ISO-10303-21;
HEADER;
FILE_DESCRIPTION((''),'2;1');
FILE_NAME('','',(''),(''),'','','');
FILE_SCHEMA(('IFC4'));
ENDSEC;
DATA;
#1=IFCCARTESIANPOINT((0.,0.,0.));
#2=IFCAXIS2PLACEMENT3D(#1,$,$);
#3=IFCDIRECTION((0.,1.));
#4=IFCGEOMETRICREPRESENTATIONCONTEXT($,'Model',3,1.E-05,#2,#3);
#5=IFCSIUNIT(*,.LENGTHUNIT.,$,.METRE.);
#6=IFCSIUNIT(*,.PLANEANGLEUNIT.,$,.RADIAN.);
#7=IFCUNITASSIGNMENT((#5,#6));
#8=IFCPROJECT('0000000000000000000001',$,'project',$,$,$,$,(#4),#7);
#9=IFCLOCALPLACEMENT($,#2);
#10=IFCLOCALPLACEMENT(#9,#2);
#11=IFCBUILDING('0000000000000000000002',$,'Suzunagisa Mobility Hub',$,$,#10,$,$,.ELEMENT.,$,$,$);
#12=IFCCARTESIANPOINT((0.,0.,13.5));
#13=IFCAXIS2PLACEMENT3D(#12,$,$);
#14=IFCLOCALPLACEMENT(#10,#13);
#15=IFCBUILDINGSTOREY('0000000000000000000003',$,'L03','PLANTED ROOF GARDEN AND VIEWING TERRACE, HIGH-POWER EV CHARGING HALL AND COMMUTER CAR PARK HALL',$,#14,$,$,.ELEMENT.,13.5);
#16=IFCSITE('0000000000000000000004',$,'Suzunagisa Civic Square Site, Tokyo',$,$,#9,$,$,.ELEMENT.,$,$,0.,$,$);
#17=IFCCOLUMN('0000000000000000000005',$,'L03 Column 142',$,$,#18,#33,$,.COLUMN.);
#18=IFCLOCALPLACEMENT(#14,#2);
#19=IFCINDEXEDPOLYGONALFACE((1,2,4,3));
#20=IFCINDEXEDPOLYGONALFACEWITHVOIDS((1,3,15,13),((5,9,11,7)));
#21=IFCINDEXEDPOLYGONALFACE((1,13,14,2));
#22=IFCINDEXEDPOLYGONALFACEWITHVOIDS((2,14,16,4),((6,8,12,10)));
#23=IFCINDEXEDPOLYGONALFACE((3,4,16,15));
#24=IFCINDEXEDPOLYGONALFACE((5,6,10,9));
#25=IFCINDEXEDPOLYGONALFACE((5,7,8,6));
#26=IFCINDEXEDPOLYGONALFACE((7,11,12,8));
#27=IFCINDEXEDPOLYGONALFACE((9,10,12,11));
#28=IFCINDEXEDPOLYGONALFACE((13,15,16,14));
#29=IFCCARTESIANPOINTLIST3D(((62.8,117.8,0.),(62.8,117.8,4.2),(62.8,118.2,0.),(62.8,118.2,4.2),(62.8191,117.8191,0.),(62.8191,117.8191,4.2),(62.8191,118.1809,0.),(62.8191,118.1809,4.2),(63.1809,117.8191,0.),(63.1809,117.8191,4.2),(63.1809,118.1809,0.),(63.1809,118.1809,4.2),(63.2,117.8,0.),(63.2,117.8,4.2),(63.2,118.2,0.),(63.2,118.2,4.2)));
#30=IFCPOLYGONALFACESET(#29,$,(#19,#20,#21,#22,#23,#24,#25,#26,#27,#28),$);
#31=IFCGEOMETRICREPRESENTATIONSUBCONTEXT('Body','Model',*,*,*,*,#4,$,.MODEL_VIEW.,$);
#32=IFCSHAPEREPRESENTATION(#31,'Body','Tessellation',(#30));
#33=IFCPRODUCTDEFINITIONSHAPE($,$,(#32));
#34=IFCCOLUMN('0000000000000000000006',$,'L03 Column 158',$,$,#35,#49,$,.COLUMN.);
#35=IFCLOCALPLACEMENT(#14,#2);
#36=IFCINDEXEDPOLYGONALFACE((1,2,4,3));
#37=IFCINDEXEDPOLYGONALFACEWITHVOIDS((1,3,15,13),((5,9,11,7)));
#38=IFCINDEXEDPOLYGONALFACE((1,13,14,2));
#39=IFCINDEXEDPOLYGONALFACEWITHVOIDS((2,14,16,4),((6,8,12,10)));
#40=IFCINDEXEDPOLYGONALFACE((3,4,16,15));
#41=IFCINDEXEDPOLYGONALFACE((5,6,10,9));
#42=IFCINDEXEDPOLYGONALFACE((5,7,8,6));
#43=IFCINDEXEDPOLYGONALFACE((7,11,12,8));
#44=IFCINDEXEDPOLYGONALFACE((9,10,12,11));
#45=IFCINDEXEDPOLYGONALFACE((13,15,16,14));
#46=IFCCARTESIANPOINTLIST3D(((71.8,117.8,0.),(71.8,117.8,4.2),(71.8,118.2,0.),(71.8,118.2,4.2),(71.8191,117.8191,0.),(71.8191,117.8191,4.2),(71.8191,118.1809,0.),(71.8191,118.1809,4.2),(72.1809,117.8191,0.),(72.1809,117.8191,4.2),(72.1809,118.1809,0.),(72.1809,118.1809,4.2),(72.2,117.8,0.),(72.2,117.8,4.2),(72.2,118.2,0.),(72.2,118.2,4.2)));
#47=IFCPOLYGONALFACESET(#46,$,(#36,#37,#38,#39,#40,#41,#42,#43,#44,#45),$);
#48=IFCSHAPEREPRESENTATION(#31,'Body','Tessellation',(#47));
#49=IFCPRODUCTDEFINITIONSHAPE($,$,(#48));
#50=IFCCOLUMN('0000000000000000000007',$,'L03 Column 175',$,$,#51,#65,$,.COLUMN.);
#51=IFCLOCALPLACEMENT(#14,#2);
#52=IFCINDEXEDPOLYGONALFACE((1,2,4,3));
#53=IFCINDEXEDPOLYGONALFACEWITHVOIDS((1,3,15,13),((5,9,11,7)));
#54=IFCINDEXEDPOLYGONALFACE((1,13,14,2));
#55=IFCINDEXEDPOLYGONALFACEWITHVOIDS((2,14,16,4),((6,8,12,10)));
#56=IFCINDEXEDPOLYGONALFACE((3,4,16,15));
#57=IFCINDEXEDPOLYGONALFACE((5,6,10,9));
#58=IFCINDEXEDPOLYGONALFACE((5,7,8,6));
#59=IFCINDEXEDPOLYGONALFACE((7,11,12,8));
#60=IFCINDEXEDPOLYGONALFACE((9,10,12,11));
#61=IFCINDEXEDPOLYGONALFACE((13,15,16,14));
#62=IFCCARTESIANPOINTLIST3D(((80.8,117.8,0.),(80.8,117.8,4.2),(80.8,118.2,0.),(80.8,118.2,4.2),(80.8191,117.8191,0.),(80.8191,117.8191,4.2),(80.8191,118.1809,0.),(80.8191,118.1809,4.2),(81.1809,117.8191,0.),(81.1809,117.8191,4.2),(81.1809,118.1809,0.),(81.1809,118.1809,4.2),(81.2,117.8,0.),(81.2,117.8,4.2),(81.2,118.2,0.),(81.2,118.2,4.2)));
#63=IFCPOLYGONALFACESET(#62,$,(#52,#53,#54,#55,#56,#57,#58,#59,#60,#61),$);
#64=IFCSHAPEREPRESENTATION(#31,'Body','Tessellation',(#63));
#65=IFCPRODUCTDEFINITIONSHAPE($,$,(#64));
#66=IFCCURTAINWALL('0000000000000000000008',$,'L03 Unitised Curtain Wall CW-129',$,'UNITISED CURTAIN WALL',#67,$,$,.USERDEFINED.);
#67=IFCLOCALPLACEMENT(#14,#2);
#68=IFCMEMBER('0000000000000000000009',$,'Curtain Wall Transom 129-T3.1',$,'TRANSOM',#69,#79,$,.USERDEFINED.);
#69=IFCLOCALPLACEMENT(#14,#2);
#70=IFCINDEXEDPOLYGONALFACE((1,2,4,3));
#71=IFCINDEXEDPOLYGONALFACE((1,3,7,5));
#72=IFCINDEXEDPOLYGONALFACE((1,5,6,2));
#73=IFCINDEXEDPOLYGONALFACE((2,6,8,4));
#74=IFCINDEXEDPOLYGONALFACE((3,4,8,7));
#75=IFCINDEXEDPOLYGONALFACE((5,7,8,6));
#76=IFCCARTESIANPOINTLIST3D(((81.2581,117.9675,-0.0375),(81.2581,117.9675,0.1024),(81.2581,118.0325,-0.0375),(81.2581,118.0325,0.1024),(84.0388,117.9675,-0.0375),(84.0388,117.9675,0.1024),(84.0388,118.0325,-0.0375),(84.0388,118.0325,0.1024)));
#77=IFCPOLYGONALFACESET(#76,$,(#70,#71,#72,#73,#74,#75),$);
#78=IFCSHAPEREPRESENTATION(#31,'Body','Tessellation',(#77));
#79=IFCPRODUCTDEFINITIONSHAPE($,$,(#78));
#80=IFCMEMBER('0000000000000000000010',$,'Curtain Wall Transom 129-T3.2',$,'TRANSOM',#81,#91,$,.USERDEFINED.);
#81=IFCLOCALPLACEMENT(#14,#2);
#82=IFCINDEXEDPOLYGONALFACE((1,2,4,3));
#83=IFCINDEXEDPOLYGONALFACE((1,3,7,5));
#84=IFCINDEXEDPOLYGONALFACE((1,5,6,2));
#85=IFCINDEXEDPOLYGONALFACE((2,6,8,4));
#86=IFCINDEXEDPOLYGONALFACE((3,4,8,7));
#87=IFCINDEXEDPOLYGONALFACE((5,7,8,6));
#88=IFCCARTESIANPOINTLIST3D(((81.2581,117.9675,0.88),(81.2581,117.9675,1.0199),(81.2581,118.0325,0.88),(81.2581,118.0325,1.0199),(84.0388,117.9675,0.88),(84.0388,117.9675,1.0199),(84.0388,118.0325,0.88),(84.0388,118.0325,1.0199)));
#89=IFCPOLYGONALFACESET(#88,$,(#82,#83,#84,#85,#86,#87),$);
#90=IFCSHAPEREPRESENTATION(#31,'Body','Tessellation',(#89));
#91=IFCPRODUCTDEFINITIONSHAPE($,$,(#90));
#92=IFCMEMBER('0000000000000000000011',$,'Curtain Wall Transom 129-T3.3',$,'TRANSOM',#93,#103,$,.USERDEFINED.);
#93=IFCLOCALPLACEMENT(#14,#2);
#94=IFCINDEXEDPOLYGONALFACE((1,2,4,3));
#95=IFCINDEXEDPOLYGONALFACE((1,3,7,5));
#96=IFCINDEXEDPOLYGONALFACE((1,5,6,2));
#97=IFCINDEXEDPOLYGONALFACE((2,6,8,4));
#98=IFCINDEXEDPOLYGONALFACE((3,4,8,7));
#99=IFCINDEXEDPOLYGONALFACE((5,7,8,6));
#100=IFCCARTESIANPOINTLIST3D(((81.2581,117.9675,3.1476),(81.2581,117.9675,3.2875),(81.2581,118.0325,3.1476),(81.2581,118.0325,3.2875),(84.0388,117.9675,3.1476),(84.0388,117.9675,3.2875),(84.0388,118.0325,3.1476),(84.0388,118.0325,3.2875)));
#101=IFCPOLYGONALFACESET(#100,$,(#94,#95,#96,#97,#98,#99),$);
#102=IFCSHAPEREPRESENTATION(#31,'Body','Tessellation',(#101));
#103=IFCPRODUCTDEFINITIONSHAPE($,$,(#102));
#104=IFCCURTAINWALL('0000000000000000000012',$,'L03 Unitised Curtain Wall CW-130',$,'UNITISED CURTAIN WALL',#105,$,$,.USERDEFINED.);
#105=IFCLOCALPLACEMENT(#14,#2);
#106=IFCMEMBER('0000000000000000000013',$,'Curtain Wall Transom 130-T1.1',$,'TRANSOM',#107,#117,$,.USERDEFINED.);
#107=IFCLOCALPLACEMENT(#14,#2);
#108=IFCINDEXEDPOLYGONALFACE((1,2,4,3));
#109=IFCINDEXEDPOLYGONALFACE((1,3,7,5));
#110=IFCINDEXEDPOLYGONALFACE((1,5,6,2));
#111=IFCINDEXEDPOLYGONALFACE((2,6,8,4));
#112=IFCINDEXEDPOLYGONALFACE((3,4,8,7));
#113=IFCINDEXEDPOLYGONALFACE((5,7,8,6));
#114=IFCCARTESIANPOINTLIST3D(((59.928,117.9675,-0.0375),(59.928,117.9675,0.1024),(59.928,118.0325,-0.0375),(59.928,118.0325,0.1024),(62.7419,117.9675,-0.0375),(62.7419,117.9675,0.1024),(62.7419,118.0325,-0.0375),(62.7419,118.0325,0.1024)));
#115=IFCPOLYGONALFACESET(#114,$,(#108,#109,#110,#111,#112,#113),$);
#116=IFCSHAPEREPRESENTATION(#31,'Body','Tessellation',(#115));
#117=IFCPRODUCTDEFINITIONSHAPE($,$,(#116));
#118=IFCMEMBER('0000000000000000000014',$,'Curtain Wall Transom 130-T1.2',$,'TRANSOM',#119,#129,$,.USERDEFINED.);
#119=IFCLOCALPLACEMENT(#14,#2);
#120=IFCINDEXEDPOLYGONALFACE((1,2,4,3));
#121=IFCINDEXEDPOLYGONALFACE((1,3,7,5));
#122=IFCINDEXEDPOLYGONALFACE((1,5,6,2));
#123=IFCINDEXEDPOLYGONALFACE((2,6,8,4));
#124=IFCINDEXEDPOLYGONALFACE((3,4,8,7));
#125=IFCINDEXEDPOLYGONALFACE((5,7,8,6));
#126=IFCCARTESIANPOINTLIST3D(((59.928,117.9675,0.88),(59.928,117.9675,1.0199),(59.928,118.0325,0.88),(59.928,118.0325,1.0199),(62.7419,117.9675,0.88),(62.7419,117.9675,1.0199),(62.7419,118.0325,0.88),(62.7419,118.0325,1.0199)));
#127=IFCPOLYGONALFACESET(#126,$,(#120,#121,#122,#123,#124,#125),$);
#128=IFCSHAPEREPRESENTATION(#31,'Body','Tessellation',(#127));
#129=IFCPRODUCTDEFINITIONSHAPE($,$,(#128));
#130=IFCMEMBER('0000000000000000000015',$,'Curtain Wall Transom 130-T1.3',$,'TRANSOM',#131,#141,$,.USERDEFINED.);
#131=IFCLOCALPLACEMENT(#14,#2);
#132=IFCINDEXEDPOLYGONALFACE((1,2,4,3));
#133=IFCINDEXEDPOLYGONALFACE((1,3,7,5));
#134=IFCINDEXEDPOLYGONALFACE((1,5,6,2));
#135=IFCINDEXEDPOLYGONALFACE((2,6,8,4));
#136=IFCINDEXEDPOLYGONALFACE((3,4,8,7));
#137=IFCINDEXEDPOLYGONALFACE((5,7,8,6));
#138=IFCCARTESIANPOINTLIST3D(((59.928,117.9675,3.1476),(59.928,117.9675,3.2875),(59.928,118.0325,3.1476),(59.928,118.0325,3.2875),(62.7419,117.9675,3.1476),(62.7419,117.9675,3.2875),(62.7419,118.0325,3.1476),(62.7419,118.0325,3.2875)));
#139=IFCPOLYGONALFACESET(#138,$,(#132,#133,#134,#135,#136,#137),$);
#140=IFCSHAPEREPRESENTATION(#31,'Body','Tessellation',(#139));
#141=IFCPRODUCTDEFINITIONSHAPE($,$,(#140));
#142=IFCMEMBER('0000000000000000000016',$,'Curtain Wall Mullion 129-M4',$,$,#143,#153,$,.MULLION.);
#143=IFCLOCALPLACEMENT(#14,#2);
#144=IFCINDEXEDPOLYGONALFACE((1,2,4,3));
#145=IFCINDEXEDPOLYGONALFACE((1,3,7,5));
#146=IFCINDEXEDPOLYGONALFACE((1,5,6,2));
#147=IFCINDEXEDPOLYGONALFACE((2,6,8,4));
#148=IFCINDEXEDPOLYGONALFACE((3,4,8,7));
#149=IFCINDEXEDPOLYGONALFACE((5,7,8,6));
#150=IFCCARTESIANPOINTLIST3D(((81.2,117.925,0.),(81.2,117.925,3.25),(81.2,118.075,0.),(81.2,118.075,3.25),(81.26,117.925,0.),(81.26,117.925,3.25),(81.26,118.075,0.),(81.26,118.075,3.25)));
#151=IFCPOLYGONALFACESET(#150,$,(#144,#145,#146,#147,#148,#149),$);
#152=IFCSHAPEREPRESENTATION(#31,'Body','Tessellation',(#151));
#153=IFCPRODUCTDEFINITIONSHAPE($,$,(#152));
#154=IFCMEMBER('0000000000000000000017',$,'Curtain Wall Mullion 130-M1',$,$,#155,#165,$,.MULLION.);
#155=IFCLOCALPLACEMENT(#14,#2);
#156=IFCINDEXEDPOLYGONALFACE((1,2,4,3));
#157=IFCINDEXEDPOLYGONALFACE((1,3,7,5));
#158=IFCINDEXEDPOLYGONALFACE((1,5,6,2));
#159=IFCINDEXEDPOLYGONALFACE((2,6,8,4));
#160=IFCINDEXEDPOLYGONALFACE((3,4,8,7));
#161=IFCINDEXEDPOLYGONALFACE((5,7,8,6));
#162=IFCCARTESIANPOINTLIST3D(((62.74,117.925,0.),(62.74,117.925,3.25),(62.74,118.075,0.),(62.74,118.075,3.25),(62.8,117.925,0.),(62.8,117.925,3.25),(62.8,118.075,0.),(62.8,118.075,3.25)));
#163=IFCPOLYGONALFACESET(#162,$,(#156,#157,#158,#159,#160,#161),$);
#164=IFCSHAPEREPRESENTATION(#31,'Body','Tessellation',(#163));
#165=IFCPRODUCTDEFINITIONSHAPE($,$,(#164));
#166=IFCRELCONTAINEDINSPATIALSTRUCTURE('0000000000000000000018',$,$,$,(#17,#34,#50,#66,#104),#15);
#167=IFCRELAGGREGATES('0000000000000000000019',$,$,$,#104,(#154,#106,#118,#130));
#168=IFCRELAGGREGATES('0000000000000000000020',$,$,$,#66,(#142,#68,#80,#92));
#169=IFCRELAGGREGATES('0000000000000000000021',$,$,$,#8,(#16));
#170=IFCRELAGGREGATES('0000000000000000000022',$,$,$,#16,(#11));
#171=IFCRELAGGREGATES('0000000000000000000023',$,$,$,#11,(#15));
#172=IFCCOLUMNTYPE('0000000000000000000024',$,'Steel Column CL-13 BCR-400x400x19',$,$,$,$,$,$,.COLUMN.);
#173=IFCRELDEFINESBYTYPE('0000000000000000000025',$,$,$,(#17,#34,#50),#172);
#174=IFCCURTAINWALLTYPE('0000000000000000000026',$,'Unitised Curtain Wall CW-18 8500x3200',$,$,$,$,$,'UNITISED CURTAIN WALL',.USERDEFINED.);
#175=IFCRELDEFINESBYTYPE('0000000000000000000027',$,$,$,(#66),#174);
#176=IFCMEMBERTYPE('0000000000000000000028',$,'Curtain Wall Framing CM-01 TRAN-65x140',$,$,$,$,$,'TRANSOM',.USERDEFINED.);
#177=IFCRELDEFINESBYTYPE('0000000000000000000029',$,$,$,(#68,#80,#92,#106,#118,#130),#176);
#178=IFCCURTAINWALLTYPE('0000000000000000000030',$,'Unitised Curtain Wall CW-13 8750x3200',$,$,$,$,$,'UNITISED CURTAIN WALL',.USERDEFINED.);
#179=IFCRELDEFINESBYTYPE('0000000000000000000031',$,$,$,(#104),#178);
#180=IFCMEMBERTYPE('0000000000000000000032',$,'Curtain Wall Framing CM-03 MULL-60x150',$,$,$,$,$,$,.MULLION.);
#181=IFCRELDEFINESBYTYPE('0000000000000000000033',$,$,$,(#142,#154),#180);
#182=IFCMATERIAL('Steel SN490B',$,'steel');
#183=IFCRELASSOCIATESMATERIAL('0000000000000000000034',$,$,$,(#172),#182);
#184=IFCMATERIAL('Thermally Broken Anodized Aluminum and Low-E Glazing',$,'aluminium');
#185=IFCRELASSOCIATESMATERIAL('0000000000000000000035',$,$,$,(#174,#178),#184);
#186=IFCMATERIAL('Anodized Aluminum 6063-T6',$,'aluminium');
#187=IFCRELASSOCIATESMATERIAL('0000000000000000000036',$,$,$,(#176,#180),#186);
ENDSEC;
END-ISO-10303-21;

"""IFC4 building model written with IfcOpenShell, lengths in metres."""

from ifc_helpers import new_model, si_unit, direction, frame, origin, origin_2d, place, context, subcontext, project, spatial, rectangle, hollow_rectangle, extrude, material, material_profile, profile_set, type_object, element, aggregate, save


model = new_model("IFC4")

# Units and contexts
model_context = context("Model", 3, precision=1e-05, world=origin(), true_north=direction((0.0, 1.0)))
body_context = subcontext(model_context, "Body", "Model", "MODEL_VIEW")
ifc_project = project(units=[si_unit("LENGTHUNIT", "METRE"), si_unit("PLANEANGLEUNIT", "RADIAN")], contexts=[model_context])

# Site, building, storey
site_placement = place(None, origin())
site = spatial("IfcSite", under=ifc_project, at=site_placement, Name="Suzunagisa Civic Square Site, Tokyo", CompositionType="ELEMENT", RefElevation=0.0)
building_placement = place(site_placement, origin())
building = spatial("IfcBuilding", under=site, at=building_placement, Name="Suzunagisa Mobility Hub", CompositionType="ELEMENT")
storey_placement = place(building_placement, frame((0.0, 0.0, 13.5)))
storey = spatial("IfcBuildingStorey", under=building, at=storey_placement, Name="L03", Description="PLANTED ROOF GARDEN AND VIEWING TERRACE, HIGH-POWER EV CHARGING HALL AND COMMUTER CAR PARK HALL", CompositionType="ELEMENT", Elevation=13.5)

# Columns
ifc_material_1 = material(Name="Steel SN490B", Category="steel")
ifc_material_profile_1 = material_profile(ifc_material_1, hollow_rectangle(XDim=0.3999, YDim=0.3999, WallThickness=0.019, at=origin_2d()), Name="BCR-400x400x19")
ifc_profile_set_1 = profile_set([ifc_material_profile_1], Name="Steel SN490B")
column_type = type_object("IfcColumnType", Name="Steel Column CL-13 BCR-400x400x19", PredefinedType="COLUMN", material=ifc_profile_set_1)
for number, where, z_axis, x_axis, name in (
    (1, (63.0, 118.0, 0.0), (0.0, 0.0, 1.0), (1.0, 0.0, 0.0), "L03 Column 142"),
    (2, (72.0, 118.0, 0.0), (0.0, 0.0, 1.0), (1.0, 0.0, 0.0), "L03 Column 158"),
    (3, (81.0, 118.0, 0.0), (0.0, 0.0, 1.0), (1.0, 0.0, 0.0), "L03 Column 175"),
):
    element("IfcColumn", number, at=place(storey_placement, frame(where, z_axis=z_axis, x_axis=x_axis)), inside=storey, type_object=column_type, Name=name, PredefinedType="COLUMN", context=body_context, shape_type="SweptSolid", body=[
        extrude(hollow_rectangle(XDim=0.3999, YDim=0.3999, WallThickness=0.019, at=origin_2d()), origin(), (0.0, 0.0, 1.0), 4.2),
    ])

# Curtain walls, members
ifc_material_2 = material(Name="Thermally Broken Anodized Aluminum and Low-E Glazing", Category="aluminium")
curtain_wall_type_1 = type_object("IfcCurtainWallType", Name="Unitised Curtain Wall CW-18 8500x3200", ElementType="UNITISED CURTAIN WALL", PredefinedType="USERDEFINED", material=ifc_material_2)
curtain_wall_1_placement = place(storey_placement, origin())
curtain_wall_1 = element("IfcCurtainWall", 4, at=curtain_wall_1_placement, inside=storey, type_object=curtain_wall_type_1, Name="L03 Unitised Curtain Wall CW-129", ObjectType="UNITISED CURTAIN WALL", PredefinedType="USERDEFINED")
ifc_material_3 = material(Name="Anodized Aluminum 6063-T6", Category="aluminium")
ifc_material_profile_2 = material_profile(ifc_material_3, rectangle(XDim=0.0649, YDim=0.1399, at=origin_2d()), Name="TRAN-65x140")
ifc_profile_set_2 = profile_set([ifc_material_profile_2], Name="Anodized Aluminum 6063-T6")
member_type_1 = type_object("IfcMemberType", Name="Curtain Wall Framing CM-01 TRAN-65x140", ElementType="TRANSOM", PredefinedType="USERDEFINED", material=ifc_profile_set_2)
member_1_placement = place(storey_placement, frame((84.0388, 118.0, 0.0325), z_axis=(-1.0, 0.0, 0.0), x_axis=(0.0, -1.0, 0.0)))
member_1 = element("IfcMember", 5, at=member_1_placement, type_object=member_type_1, Name="Curtain Wall Transom 129-T3.1", ObjectType="TRANSOM", PredefinedType="USERDEFINED", context=body_context, shape_type="SweptSolid", body=[
    extrude(rectangle(XDim=0.0649, YDim=0.1399, at=origin_2d()), origin(), (0.0, 0.0, 1.0), 2.7808),
])
member_2_placement = place(storey_placement, frame((84.0388, 118.0, 0.95), z_axis=(-1.0, 0.0, 0.0), x_axis=(0.0, -1.0, 0.0)))
member_2 = element("IfcMember", 6, at=member_2_placement, type_object=member_type_1, Name="Curtain Wall Transom 129-T3.2", ObjectType="TRANSOM", PredefinedType="USERDEFINED", context=body_context, shape_type="SweptSolid", body=[
    extrude(rectangle(XDim=0.0649, YDim=0.1399, at=origin_2d()), origin(), (0.0, 0.0, 1.0), 2.7808),
])
member_3_placement = place(storey_placement, frame((84.0388, 118.0, 3.2175), z_axis=(-1.0, 0.0, 0.0), x_axis=(0.0, -1.0, 0.0)))
member_3 = element("IfcMember", 7, at=member_3_placement, type_object=member_type_1, Name="Curtain Wall Transom 129-T3.3", ObjectType="TRANSOM", PredefinedType="USERDEFINED", context=body_context, shape_type="SweptSolid", body=[
    extrude(rectangle(XDim=0.0649, YDim=0.1399, at=origin_2d()), origin(), (0.0, 0.0, 1.0), 2.7808),
])
curtain_wall_type_2 = type_object("IfcCurtainWallType", Name="Unitised Curtain Wall CW-13 8750x3200", ElementType="UNITISED CURTAIN WALL", PredefinedType="USERDEFINED", material=ifc_material_2)
curtain_wall_2_placement = place(storey_placement, origin())
curtain_wall_2 = element("IfcCurtainWall", 8, at=curtain_wall_2_placement, inside=storey, type_object=curtain_wall_type_2, Name="L03 Unitised Curtain Wall CW-130", ObjectType="UNITISED CURTAIN WALL", PredefinedType="USERDEFINED")
member_4_placement = place(storey_placement, frame((62.7419, 118.0, 0.0325), z_axis=(-1.0, 0.0, 0.0), x_axis=(0.0, -1.0, 0.0)))
member_4 = element("IfcMember", 9, at=member_4_placement, type_object=member_type_1, Name="Curtain Wall Transom 130-T1.1", ObjectType="TRANSOM", PredefinedType="USERDEFINED", context=body_context, shape_type="SweptSolid", body=[
    extrude(rectangle(XDim=0.0649, YDim=0.1399, at=origin_2d()), origin(), (0.0, 0.0, 1.0), 2.814),
])
member_5_placement = place(storey_placement, frame((62.7419, 118.0, 0.95), z_axis=(-1.0, 0.0, 0.0), x_axis=(0.0, -1.0, 0.0)))
member_5 = element("IfcMember", 10, at=member_5_placement, type_object=member_type_1, Name="Curtain Wall Transom 130-T1.2", ObjectType="TRANSOM", PredefinedType="USERDEFINED", context=body_context, shape_type="SweptSolid", body=[
    extrude(rectangle(XDim=0.0649, YDim=0.1399, at=origin_2d()), origin(), (0.0, 0.0, 1.0), 2.814),
])
member_6_placement = place(storey_placement, frame((62.7419, 118.0, 3.2175), z_axis=(-1.0, 0.0, 0.0), x_axis=(0.0, -1.0, 0.0)))
member_6 = element("IfcMember", 11, at=member_6_placement, type_object=member_type_1, Name="Curtain Wall Transom 130-T1.3", ObjectType="TRANSOM", PredefinedType="USERDEFINED", context=body_context, shape_type="SweptSolid", body=[
    extrude(rectangle(XDim=0.0649, YDim=0.1399, at=origin_2d()), origin(), (0.0, 0.0, 1.0), 2.814),
])

# Members
ifc_material_profile_3 = material_profile(ifc_material_3, rectangle(XDim=0.0601, YDim=0.1499, at=origin_2d()), Name="MULL-60x150")
ifc_profile_set_3 = profile_set([ifc_material_profile_3], Name="Anodized Aluminum 6063-T6")
member_type_2 = type_object("IfcMemberType", Name="Curtain Wall Framing CM-03 MULL-60x150", PredefinedType="MULLION", material=ifc_profile_set_3)
member_7_placement = place(storey_placement, frame((81.23, 118.0, 0.0), z_axis=(0.0, 0.0, 1.0), x_axis=(-1.0, 0.0, 0.0)))
member_7 = element("IfcMember", 12, at=member_7_placement, type_object=member_type_2, Name="Curtain Wall Mullion 129-M4", PredefinedType="MULLION", context=body_context, shape_type="SweptSolid", body=[
    extrude(rectangle(XDim=0.0601, YDim=0.1499, at=origin_2d()), origin(), (0.0, 0.0, 1.0), 3.25),
])
member_8_placement = place(storey_placement, frame((62.77, 118.0, 0.0), z_axis=(0.0, 0.0, 1.0), x_axis=(-1.0, 0.0, 0.0)))
member_8 = element("IfcMember", 13, at=member_8_placement, type_object=member_type_2, Name="Curtain Wall Mullion 130-M1", PredefinedType="MULLION", context=body_context, shape_type="SweptSolid", body=[
    extrude(rectangle(XDim=0.0601, YDim=0.1499, at=origin_2d()), origin(), (0.0, 0.0, 1.0), 3.25),
])
aggregate(curtain_wall_2, [member_8, member_4, member_5, member_6])

aggregate(curtain_wall_1, [member_7, member_1, member_2, member_3])

save(model, "model.ifc")
